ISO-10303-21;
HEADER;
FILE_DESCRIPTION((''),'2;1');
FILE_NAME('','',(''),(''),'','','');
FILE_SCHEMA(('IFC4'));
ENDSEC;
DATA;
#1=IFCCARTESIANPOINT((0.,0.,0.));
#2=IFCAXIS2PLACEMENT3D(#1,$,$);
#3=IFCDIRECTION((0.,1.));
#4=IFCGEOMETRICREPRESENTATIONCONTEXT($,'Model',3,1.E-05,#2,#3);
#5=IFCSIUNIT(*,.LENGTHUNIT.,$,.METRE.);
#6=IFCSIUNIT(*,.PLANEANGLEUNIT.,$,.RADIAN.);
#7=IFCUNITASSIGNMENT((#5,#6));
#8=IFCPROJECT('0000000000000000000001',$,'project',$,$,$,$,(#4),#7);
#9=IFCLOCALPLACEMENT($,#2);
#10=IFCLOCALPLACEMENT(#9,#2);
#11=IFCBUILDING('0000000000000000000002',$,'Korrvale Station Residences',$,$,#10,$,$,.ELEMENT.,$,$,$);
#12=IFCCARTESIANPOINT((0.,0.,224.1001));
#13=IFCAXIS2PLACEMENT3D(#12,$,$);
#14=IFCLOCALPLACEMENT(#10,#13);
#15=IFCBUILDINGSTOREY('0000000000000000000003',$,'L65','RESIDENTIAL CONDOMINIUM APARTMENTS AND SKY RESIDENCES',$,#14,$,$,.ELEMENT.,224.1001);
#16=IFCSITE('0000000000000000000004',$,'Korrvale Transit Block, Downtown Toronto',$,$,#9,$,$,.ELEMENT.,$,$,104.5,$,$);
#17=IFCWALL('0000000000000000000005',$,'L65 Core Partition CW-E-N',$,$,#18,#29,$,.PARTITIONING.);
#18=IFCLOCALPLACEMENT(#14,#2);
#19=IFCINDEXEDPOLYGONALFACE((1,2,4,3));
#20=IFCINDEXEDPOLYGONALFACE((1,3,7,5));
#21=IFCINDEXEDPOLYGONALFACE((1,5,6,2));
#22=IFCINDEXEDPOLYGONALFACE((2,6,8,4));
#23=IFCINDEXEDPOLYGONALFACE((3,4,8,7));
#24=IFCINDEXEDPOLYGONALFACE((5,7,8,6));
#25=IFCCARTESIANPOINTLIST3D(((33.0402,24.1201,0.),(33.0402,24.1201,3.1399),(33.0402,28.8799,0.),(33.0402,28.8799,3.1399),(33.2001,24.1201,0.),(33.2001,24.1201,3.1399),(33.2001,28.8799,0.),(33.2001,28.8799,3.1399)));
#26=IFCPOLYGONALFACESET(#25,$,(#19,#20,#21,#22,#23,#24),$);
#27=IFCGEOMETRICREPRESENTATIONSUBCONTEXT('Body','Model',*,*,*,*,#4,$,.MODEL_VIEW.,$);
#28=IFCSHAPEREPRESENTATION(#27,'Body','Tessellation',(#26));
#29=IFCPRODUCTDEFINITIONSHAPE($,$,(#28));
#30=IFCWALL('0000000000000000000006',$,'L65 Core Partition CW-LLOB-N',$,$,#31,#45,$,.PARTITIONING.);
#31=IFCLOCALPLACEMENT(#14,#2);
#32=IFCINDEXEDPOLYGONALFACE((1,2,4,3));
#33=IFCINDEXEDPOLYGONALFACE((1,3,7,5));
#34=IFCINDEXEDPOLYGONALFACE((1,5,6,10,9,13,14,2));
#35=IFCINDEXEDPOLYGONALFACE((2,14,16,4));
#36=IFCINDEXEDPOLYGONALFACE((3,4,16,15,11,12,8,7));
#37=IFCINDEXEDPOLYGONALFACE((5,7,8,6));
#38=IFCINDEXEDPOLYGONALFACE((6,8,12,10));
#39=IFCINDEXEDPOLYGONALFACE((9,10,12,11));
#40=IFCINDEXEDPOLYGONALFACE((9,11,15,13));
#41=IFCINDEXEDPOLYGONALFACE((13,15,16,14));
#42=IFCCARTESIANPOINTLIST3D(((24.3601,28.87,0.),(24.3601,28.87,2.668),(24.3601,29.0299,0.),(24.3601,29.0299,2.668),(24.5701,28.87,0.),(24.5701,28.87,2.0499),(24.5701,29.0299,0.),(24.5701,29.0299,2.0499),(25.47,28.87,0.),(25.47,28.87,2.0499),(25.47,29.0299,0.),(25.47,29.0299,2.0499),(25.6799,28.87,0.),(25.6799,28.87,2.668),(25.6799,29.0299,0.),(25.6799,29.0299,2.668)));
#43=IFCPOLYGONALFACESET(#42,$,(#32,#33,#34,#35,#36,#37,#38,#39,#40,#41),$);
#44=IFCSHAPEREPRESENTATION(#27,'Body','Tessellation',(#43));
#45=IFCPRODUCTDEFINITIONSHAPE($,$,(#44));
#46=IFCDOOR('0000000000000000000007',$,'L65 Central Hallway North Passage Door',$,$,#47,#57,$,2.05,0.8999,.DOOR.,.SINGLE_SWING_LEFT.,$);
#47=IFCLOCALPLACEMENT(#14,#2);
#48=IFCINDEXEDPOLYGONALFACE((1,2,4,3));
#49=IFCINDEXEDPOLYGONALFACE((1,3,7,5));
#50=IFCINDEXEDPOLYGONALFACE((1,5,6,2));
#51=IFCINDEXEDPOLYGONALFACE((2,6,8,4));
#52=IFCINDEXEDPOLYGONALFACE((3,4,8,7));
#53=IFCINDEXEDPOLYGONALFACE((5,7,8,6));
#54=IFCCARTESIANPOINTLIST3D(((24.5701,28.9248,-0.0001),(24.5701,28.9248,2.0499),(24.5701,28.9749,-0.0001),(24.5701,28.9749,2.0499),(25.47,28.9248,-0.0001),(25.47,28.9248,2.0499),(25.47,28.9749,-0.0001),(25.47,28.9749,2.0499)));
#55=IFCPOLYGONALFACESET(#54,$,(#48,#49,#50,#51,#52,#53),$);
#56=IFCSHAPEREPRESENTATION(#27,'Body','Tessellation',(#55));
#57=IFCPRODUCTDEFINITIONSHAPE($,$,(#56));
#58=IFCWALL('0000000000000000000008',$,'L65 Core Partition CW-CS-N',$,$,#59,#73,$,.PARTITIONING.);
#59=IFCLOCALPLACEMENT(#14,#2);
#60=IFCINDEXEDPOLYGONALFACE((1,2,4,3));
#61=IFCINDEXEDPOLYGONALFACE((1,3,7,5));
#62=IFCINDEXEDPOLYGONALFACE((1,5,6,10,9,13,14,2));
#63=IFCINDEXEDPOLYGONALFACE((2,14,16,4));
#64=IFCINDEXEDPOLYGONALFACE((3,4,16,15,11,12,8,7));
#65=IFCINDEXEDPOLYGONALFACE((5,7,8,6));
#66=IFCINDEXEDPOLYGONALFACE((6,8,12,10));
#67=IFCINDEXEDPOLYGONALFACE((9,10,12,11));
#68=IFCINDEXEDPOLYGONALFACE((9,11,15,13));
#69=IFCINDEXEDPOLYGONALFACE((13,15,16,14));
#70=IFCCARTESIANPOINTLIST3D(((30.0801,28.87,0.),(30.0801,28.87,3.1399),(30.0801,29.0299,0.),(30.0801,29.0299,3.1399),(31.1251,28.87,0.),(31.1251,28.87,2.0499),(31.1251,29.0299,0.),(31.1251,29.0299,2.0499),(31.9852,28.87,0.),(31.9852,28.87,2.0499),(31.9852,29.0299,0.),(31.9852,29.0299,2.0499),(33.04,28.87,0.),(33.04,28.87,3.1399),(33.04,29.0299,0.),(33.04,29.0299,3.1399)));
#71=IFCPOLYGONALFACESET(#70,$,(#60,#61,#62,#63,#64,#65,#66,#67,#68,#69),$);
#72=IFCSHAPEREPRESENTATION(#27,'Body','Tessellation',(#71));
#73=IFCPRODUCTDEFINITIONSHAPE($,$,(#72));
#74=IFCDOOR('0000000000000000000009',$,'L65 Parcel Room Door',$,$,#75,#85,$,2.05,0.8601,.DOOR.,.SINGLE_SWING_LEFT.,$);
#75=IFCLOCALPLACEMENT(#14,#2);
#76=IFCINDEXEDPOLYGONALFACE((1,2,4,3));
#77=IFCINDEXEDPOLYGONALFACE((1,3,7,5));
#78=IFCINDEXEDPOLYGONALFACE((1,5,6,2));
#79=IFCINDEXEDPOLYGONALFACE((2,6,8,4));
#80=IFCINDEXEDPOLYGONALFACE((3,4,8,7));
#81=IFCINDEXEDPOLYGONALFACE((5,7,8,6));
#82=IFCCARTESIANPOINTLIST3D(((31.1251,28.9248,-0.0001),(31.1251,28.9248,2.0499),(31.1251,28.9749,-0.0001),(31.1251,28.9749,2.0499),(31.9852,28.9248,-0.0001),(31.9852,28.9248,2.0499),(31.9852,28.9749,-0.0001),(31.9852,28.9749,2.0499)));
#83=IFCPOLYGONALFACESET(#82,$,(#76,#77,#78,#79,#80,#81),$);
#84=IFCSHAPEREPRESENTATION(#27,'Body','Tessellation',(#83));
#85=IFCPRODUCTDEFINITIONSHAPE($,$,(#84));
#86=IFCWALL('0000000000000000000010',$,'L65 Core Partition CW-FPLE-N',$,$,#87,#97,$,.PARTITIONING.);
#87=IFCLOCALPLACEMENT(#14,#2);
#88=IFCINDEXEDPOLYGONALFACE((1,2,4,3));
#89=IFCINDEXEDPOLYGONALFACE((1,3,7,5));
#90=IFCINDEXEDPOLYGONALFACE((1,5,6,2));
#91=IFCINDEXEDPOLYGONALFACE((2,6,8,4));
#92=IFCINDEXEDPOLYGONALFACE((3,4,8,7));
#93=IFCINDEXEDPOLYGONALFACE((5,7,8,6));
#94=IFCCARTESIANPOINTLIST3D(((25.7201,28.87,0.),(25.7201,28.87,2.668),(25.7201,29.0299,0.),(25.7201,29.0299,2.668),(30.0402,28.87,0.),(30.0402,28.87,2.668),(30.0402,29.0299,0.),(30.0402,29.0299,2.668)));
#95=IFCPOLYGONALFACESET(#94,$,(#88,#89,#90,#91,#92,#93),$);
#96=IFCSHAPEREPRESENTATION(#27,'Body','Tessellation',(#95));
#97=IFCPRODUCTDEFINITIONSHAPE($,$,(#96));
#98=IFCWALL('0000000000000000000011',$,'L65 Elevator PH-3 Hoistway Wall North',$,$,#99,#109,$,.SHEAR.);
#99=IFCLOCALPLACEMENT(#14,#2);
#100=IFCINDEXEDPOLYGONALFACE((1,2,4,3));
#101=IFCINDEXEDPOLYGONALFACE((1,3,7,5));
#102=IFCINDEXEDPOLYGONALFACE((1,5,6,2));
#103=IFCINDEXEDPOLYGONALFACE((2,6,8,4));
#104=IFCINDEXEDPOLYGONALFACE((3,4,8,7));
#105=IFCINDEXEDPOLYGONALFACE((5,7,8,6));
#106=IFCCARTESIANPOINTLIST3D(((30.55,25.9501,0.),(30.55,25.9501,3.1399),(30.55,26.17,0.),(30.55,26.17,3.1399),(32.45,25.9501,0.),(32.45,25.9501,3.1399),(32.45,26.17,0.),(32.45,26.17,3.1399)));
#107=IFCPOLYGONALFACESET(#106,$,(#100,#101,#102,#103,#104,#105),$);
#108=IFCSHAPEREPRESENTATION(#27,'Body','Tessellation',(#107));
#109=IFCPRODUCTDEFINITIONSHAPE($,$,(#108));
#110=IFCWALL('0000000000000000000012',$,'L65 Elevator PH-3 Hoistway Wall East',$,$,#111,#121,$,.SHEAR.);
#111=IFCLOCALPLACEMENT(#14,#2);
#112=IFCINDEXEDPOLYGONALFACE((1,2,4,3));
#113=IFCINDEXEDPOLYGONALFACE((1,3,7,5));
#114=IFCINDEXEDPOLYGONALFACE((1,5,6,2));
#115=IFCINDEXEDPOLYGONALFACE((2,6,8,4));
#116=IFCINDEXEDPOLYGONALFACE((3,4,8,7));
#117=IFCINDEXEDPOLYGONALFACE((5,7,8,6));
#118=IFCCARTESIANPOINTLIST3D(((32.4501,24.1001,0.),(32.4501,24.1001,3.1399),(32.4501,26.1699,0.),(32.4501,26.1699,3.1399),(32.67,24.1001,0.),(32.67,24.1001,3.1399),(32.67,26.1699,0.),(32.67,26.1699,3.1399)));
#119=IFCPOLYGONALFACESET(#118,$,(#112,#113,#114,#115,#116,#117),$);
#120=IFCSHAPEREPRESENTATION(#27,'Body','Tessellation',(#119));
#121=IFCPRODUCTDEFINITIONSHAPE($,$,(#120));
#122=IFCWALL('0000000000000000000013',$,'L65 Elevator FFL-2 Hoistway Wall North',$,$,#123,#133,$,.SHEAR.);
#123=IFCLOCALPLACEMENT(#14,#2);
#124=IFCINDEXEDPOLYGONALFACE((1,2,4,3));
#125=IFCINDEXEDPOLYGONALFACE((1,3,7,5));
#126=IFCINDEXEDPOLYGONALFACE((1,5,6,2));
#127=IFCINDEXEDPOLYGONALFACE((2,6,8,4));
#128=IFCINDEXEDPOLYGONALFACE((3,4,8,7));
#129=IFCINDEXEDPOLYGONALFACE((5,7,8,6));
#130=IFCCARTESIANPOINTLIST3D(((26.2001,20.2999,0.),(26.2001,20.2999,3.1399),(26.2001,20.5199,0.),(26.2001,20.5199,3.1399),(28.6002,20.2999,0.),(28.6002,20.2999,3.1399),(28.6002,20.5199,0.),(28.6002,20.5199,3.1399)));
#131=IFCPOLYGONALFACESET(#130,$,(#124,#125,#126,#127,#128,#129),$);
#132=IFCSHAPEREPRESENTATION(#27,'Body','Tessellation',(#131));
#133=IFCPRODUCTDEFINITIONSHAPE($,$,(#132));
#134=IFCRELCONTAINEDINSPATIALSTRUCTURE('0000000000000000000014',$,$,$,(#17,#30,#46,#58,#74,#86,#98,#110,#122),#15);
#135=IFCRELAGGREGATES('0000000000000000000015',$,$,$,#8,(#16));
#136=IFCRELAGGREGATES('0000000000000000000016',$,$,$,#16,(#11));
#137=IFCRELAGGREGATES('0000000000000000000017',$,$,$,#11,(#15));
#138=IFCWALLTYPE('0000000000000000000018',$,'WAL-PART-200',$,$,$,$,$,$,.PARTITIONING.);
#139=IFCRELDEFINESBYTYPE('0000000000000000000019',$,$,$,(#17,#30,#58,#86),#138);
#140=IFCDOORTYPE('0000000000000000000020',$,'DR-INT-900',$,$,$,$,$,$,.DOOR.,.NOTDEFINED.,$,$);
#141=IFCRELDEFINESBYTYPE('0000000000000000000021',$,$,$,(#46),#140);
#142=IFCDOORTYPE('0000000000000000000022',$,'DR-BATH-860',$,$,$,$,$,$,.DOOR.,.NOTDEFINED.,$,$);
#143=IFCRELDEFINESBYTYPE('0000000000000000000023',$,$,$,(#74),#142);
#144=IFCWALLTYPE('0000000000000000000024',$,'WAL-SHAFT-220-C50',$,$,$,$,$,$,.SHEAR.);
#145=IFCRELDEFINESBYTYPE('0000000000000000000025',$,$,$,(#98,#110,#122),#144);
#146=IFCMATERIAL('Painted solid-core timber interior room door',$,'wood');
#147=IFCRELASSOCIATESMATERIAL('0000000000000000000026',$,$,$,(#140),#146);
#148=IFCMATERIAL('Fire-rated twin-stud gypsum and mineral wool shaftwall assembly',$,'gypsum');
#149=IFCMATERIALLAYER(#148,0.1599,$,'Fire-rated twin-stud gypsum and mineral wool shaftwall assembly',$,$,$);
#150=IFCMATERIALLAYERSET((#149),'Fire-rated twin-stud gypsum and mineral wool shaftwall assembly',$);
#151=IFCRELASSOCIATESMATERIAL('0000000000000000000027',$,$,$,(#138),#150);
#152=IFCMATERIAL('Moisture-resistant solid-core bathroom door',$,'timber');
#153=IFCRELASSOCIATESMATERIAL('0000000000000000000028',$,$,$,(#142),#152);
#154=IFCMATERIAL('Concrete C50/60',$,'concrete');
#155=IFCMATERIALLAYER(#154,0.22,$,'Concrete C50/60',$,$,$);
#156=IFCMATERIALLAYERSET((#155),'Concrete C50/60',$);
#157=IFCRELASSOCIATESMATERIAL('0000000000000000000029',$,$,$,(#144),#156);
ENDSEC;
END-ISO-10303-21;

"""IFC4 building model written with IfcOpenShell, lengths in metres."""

from ifc_helpers import new_model, si_unit, direction, frame, frame_2d, origin, place, context, subcontext, project, spatial, rectangle, extrude, material, layer, layer_set, type_object, element, fill, save


model = new_model("IFC4")

# Units and contexts
model_context = context("Model", 3, precision=1e-05, world=origin(), true_north=direction((0.0, 1.0)))
body_context = subcontext(model_context, "Body", "Model", "MODEL_VIEW")
ifc_project = project(units=[si_unit("LENGTHUNIT", "METRE"), si_unit("PLANEANGLEUNIT", "RADIAN")], contexts=[model_context])

# Site, building, storey
site_placement = place(None, origin())
site = spatial("IfcSite", under=ifc_project, at=site_placement, Name="Korrvale Transit Block, Downtown Toronto", CompositionType="ELEMENT", RefElevation=104.5)
building_placement = place(site_placement, origin())
building = spatial("IfcBuilding", under=site, at=building_placement, Name="Korrvale Station Residences", CompositionType="ELEMENT")
storey_placement = place(building_placement, frame((0.0, 0.0, 224.1001)))
storey = spatial("IfcBuildingStorey", under=building, at=storey_placement, Name="L65", Description="RESIDENTIAL CONDOMINIUM APARTMENTS AND SKY RESIDENCES", CompositionType="ELEMENT", Elevation=224.1001)

# Shared definitions
ifc_material_1 = material(Name="Concrete C50/60", Category="concrete")

# Shared definitions
ifc_material_2 = material(Name="Painted solid-core timber interior room door", Category="wood")
door_type_1 = type_object("IfcDoorType", Name="DR-INT-900", OperationType="NOTDEFINED", PredefinedType="DOOR", material=ifc_material_2)

# Wall
ifc_material_3 = material(Name="Fire-rated twin-stud gypsum and mineral wool shaftwall assembly", Category="gypsum")
ifc_layer_1 = layer(ifc_material_3, 0.1599, Name="Fire-rated twin-stud gypsum and mineral wool shaftwall assembly")
ifc_layer_set_1 = layer_set([ifc_layer_1], Name="Fire-rated twin-stud gypsum and mineral wool shaftwall assembly")
wall_type_1 = type_object("IfcWallType", Name="WAL-PART-200", PredefinedType="PARTITIONING", material=ifc_layer_set_1)
wall_1_placement = place(storey_placement, frame((33.1201, 24.1201, 0.0), z_axis=(0.0, 0.0, 1.0), x_axis=(0.0, 1.0, 0.0)))
element("IfcWall", 1, at=wall_1_placement, inside=storey, type_object=wall_type_1, Name="L65 Core Partition CW-E-N", PredefinedType="PARTITIONING", context=body_context, shape_type="SweptSolid", body=[
    extrude(rectangle(XDim=4.7598, YDim=0.1599, at=frame_2d((2.3799, 0.0))), origin(), (0.0, 0.0, 1.0), 3.1399),
])

# Walls, openings, doors
wall_2_placement = place(storey_placement, frame((24.3601, 28.95, 0.0), z_axis=(0.0, 0.0, 1.0), x_axis=(1.0, 0.0, 0.0)))
wall_2 = element("IfcWall", 2, at=wall_2_placement, inside=storey, type_object=wall_type_1, Name="L65 Core Partition CW-LLOB-N", PredefinedType="PARTITIONING", context=body_context, shape_type="SweptSolid", body=[
    extrude(rectangle(XDim=1.3198, YDim=0.1599, at=frame_2d((0.6599, 0.0))), origin(), (0.0, 0.0, 1.0), 2.668),
])
opening_1_placement = place(wall_2_placement, frame((0.21, 0.0, 0.0)))
opening_1 = element("IfcOpeningElement", 3, at=opening_1_placement, cuts=wall_2, PredefinedType="OPENING", context=body_context, shape_type="SweptSolid", body=[
    extrude(rectangle(XDim=0.8999, YDim=2.05, at=frame_2d((0.45, 1.0249))), frame((0.0, 0.0898, 0.0), z_axis=(0.0, -1.0, 0.0), x_axis=(1.0, 0.0, 0.0)), (0.0, 0.0, 1.0), 0.1799),
])
door_1_placement = place(opening_1_placement, origin())
door_1 = element("IfcDoor", 4, at=door_1_placement, inside=storey, type_object=door_type_1, Name="L65 Central Hallway North Passage Door", OperationType="SINGLE_SWING_LEFT", OverallHeight=2.05, OverallWidth=0.8999, PredefinedType="DOOR", context=body_context, shape_type="SweptSolid", body=[
    extrude(rectangle(XDim=0.8999, YDim=2.05, at=frame_2d((0.45, 1.0249))), frame((0.0, 0.0249, 0.0), z_axis=(0.0, -1.0, 0.0), x_axis=(1.0, 0.0, 0.0)), (0.0, 0.0, 1.0), 0.05),
])
fill(opening_1, door_1)
wall_3_placement = place(storey_placement, frame((30.0801, 28.95, 0.0), z_axis=(0.0, 0.0, 1.0), x_axis=(1.0, 0.0, 0.0)))
wall_3 = element("IfcWall", 5, at=wall_3_placement, inside=storey, type_object=wall_type_1, Name="L65 Core Partition CW-CS-N", PredefinedType="PARTITIONING", context=body_context, shape_type="SweptSolid", body=[
    extrude(rectangle(XDim=2.96, YDim=0.1599, at=frame_2d((1.48, 0.0))), origin(), (0.0, 0.0, 1.0), 3.1399),
])
opening_2_placement = place(wall_3_placement, frame((1.0449, 0.0, 0.0)))
opening_2 = element("IfcOpeningElement", 6, at=opening_2_placement, cuts=wall_3, PredefinedType="OPENING", context=body_context, shape_type="SweptSolid", body=[
    extrude(rectangle(XDim=0.8601, YDim=2.05, at=frame_2d((0.4302, 1.0249))), frame((0.0, 0.0898, 0.0), z_axis=(0.0, -1.0, 0.0), x_axis=(1.0, 0.0, 0.0)), (0.0, 0.0, 1.0), 0.1799),
])
ifc_material_4 = material(Name="Moisture-resistant solid-core bathroom door", Category="timber")
door_type_2 = type_object("IfcDoorType", Name="DR-BATH-860", OperationType="NOTDEFINED", PredefinedType="DOOR", material=ifc_material_4)
door_2_placement = place(opening_2_placement, origin())
door_2 = element("IfcDoor", 7, at=door_2_placement, inside=storey, type_object=door_type_2, Name="L65 Parcel Room Door", OperationType="SINGLE_SWING_LEFT", OverallHeight=2.05, OverallWidth=0.8601, PredefinedType="DOOR", context=body_context, shape_type="SweptSolid", body=[
    extrude(rectangle(XDim=0.8601, YDim=2.05, at=frame_2d((0.4302, 1.0249))), frame((0.0, 0.0249, 0.0), z_axis=(0.0, -1.0, 0.0), x_axis=(1.0, 0.0, 0.0)), (0.0, 0.0, 1.0), 0.05),
])
fill(opening_2, door_2)

# Walls
wall_4_placement = place(storey_placement, frame((25.72, 28.95, 0.0), z_axis=(0.0, 0.0, 1.0), x_axis=(1.0, 0.0, 0.0)))
element("IfcWall", 8, at=wall_4_placement, inside=storey, type_object=wall_type_1, Name="L65 Core Partition CW-FPLE-N", PredefinedType="PARTITIONING", context=body_context, shape_type="SweptSolid", body=[
    extrude(rectangle(XDim=4.3201, YDim=0.1599, at=frame_2d((2.1602, 0.0))), origin(), (0.0, 0.0, 1.0), 2.668),
])
ifc_layer_2 = layer(ifc_material_1, 0.22, Name="Concrete C50/60")
ifc_layer_set_2 = layer_set([ifc_layer_2], Name="Concrete C50/60")
wall_type_2 = type_object("IfcWallType", Name="WAL-SHAFT-220-C50", PredefinedType="SHEAR", material=ifc_layer_set_2)
wall_5_placement = place(storey_placement, frame((30.55, 26.0601, 0.0), z_axis=(0.0, 0.0, 1.0), x_axis=(1.0, 0.0, 0.0)))
element("IfcWall", 9, at=wall_5_placement, inside=storey, type_object=wall_type_2, Name="L65 Elevator PH-3 Hoistway Wall North", PredefinedType="SHEAR", context=body_context, shape_type="SweptSolid", body=[
    extrude(rectangle(XDim=1.8999, YDim=0.22, at=frame_2d((0.95, 0.0))), origin(), (0.0, 0.0, 1.0), 3.1399),
])

# Walls
wall_6_placement = place(storey_placement, frame((32.5601, 24.1001, 0.0), z_axis=(0.0, 0.0, 1.0), x_axis=(0.0, 1.0, 0.0)))
element("IfcWall", 10, at=wall_6_placement, inside=storey, type_object=wall_type_2, Name="L65 Elevator PH-3 Hoistway Wall East", PredefinedType="SHEAR", context=body_context, shape_type="SweptSolid", body=[
    extrude(rectangle(XDim=2.0698, YDim=0.22, at=frame_2d((1.0349, 0.0))), origin(), (0.0, 0.0, 1.0), 3.1399),
])
wall_7_placement = place(storey_placement, frame((26.2, 20.4099, 0.0), z_axis=(0.0, 0.0, 1.0), x_axis=(1.0, 0.0, 0.0)))
element("IfcWall", 11, at=wall_7_placement, inside=storey, type_object=wall_type_2, Name="L65 Elevator FFL-2 Hoistway Wall North", PredefinedType="SHEAR", context=body_context, shape_type="SweptSolid", body=[
    extrude(rectangle(XDim=2.4001, YDim=0.22, at=frame_2d((1.2002, 0.0))), origin(), (0.0, 0.0, 1.0), 3.1399),
])

save(model, "model.ifc")
